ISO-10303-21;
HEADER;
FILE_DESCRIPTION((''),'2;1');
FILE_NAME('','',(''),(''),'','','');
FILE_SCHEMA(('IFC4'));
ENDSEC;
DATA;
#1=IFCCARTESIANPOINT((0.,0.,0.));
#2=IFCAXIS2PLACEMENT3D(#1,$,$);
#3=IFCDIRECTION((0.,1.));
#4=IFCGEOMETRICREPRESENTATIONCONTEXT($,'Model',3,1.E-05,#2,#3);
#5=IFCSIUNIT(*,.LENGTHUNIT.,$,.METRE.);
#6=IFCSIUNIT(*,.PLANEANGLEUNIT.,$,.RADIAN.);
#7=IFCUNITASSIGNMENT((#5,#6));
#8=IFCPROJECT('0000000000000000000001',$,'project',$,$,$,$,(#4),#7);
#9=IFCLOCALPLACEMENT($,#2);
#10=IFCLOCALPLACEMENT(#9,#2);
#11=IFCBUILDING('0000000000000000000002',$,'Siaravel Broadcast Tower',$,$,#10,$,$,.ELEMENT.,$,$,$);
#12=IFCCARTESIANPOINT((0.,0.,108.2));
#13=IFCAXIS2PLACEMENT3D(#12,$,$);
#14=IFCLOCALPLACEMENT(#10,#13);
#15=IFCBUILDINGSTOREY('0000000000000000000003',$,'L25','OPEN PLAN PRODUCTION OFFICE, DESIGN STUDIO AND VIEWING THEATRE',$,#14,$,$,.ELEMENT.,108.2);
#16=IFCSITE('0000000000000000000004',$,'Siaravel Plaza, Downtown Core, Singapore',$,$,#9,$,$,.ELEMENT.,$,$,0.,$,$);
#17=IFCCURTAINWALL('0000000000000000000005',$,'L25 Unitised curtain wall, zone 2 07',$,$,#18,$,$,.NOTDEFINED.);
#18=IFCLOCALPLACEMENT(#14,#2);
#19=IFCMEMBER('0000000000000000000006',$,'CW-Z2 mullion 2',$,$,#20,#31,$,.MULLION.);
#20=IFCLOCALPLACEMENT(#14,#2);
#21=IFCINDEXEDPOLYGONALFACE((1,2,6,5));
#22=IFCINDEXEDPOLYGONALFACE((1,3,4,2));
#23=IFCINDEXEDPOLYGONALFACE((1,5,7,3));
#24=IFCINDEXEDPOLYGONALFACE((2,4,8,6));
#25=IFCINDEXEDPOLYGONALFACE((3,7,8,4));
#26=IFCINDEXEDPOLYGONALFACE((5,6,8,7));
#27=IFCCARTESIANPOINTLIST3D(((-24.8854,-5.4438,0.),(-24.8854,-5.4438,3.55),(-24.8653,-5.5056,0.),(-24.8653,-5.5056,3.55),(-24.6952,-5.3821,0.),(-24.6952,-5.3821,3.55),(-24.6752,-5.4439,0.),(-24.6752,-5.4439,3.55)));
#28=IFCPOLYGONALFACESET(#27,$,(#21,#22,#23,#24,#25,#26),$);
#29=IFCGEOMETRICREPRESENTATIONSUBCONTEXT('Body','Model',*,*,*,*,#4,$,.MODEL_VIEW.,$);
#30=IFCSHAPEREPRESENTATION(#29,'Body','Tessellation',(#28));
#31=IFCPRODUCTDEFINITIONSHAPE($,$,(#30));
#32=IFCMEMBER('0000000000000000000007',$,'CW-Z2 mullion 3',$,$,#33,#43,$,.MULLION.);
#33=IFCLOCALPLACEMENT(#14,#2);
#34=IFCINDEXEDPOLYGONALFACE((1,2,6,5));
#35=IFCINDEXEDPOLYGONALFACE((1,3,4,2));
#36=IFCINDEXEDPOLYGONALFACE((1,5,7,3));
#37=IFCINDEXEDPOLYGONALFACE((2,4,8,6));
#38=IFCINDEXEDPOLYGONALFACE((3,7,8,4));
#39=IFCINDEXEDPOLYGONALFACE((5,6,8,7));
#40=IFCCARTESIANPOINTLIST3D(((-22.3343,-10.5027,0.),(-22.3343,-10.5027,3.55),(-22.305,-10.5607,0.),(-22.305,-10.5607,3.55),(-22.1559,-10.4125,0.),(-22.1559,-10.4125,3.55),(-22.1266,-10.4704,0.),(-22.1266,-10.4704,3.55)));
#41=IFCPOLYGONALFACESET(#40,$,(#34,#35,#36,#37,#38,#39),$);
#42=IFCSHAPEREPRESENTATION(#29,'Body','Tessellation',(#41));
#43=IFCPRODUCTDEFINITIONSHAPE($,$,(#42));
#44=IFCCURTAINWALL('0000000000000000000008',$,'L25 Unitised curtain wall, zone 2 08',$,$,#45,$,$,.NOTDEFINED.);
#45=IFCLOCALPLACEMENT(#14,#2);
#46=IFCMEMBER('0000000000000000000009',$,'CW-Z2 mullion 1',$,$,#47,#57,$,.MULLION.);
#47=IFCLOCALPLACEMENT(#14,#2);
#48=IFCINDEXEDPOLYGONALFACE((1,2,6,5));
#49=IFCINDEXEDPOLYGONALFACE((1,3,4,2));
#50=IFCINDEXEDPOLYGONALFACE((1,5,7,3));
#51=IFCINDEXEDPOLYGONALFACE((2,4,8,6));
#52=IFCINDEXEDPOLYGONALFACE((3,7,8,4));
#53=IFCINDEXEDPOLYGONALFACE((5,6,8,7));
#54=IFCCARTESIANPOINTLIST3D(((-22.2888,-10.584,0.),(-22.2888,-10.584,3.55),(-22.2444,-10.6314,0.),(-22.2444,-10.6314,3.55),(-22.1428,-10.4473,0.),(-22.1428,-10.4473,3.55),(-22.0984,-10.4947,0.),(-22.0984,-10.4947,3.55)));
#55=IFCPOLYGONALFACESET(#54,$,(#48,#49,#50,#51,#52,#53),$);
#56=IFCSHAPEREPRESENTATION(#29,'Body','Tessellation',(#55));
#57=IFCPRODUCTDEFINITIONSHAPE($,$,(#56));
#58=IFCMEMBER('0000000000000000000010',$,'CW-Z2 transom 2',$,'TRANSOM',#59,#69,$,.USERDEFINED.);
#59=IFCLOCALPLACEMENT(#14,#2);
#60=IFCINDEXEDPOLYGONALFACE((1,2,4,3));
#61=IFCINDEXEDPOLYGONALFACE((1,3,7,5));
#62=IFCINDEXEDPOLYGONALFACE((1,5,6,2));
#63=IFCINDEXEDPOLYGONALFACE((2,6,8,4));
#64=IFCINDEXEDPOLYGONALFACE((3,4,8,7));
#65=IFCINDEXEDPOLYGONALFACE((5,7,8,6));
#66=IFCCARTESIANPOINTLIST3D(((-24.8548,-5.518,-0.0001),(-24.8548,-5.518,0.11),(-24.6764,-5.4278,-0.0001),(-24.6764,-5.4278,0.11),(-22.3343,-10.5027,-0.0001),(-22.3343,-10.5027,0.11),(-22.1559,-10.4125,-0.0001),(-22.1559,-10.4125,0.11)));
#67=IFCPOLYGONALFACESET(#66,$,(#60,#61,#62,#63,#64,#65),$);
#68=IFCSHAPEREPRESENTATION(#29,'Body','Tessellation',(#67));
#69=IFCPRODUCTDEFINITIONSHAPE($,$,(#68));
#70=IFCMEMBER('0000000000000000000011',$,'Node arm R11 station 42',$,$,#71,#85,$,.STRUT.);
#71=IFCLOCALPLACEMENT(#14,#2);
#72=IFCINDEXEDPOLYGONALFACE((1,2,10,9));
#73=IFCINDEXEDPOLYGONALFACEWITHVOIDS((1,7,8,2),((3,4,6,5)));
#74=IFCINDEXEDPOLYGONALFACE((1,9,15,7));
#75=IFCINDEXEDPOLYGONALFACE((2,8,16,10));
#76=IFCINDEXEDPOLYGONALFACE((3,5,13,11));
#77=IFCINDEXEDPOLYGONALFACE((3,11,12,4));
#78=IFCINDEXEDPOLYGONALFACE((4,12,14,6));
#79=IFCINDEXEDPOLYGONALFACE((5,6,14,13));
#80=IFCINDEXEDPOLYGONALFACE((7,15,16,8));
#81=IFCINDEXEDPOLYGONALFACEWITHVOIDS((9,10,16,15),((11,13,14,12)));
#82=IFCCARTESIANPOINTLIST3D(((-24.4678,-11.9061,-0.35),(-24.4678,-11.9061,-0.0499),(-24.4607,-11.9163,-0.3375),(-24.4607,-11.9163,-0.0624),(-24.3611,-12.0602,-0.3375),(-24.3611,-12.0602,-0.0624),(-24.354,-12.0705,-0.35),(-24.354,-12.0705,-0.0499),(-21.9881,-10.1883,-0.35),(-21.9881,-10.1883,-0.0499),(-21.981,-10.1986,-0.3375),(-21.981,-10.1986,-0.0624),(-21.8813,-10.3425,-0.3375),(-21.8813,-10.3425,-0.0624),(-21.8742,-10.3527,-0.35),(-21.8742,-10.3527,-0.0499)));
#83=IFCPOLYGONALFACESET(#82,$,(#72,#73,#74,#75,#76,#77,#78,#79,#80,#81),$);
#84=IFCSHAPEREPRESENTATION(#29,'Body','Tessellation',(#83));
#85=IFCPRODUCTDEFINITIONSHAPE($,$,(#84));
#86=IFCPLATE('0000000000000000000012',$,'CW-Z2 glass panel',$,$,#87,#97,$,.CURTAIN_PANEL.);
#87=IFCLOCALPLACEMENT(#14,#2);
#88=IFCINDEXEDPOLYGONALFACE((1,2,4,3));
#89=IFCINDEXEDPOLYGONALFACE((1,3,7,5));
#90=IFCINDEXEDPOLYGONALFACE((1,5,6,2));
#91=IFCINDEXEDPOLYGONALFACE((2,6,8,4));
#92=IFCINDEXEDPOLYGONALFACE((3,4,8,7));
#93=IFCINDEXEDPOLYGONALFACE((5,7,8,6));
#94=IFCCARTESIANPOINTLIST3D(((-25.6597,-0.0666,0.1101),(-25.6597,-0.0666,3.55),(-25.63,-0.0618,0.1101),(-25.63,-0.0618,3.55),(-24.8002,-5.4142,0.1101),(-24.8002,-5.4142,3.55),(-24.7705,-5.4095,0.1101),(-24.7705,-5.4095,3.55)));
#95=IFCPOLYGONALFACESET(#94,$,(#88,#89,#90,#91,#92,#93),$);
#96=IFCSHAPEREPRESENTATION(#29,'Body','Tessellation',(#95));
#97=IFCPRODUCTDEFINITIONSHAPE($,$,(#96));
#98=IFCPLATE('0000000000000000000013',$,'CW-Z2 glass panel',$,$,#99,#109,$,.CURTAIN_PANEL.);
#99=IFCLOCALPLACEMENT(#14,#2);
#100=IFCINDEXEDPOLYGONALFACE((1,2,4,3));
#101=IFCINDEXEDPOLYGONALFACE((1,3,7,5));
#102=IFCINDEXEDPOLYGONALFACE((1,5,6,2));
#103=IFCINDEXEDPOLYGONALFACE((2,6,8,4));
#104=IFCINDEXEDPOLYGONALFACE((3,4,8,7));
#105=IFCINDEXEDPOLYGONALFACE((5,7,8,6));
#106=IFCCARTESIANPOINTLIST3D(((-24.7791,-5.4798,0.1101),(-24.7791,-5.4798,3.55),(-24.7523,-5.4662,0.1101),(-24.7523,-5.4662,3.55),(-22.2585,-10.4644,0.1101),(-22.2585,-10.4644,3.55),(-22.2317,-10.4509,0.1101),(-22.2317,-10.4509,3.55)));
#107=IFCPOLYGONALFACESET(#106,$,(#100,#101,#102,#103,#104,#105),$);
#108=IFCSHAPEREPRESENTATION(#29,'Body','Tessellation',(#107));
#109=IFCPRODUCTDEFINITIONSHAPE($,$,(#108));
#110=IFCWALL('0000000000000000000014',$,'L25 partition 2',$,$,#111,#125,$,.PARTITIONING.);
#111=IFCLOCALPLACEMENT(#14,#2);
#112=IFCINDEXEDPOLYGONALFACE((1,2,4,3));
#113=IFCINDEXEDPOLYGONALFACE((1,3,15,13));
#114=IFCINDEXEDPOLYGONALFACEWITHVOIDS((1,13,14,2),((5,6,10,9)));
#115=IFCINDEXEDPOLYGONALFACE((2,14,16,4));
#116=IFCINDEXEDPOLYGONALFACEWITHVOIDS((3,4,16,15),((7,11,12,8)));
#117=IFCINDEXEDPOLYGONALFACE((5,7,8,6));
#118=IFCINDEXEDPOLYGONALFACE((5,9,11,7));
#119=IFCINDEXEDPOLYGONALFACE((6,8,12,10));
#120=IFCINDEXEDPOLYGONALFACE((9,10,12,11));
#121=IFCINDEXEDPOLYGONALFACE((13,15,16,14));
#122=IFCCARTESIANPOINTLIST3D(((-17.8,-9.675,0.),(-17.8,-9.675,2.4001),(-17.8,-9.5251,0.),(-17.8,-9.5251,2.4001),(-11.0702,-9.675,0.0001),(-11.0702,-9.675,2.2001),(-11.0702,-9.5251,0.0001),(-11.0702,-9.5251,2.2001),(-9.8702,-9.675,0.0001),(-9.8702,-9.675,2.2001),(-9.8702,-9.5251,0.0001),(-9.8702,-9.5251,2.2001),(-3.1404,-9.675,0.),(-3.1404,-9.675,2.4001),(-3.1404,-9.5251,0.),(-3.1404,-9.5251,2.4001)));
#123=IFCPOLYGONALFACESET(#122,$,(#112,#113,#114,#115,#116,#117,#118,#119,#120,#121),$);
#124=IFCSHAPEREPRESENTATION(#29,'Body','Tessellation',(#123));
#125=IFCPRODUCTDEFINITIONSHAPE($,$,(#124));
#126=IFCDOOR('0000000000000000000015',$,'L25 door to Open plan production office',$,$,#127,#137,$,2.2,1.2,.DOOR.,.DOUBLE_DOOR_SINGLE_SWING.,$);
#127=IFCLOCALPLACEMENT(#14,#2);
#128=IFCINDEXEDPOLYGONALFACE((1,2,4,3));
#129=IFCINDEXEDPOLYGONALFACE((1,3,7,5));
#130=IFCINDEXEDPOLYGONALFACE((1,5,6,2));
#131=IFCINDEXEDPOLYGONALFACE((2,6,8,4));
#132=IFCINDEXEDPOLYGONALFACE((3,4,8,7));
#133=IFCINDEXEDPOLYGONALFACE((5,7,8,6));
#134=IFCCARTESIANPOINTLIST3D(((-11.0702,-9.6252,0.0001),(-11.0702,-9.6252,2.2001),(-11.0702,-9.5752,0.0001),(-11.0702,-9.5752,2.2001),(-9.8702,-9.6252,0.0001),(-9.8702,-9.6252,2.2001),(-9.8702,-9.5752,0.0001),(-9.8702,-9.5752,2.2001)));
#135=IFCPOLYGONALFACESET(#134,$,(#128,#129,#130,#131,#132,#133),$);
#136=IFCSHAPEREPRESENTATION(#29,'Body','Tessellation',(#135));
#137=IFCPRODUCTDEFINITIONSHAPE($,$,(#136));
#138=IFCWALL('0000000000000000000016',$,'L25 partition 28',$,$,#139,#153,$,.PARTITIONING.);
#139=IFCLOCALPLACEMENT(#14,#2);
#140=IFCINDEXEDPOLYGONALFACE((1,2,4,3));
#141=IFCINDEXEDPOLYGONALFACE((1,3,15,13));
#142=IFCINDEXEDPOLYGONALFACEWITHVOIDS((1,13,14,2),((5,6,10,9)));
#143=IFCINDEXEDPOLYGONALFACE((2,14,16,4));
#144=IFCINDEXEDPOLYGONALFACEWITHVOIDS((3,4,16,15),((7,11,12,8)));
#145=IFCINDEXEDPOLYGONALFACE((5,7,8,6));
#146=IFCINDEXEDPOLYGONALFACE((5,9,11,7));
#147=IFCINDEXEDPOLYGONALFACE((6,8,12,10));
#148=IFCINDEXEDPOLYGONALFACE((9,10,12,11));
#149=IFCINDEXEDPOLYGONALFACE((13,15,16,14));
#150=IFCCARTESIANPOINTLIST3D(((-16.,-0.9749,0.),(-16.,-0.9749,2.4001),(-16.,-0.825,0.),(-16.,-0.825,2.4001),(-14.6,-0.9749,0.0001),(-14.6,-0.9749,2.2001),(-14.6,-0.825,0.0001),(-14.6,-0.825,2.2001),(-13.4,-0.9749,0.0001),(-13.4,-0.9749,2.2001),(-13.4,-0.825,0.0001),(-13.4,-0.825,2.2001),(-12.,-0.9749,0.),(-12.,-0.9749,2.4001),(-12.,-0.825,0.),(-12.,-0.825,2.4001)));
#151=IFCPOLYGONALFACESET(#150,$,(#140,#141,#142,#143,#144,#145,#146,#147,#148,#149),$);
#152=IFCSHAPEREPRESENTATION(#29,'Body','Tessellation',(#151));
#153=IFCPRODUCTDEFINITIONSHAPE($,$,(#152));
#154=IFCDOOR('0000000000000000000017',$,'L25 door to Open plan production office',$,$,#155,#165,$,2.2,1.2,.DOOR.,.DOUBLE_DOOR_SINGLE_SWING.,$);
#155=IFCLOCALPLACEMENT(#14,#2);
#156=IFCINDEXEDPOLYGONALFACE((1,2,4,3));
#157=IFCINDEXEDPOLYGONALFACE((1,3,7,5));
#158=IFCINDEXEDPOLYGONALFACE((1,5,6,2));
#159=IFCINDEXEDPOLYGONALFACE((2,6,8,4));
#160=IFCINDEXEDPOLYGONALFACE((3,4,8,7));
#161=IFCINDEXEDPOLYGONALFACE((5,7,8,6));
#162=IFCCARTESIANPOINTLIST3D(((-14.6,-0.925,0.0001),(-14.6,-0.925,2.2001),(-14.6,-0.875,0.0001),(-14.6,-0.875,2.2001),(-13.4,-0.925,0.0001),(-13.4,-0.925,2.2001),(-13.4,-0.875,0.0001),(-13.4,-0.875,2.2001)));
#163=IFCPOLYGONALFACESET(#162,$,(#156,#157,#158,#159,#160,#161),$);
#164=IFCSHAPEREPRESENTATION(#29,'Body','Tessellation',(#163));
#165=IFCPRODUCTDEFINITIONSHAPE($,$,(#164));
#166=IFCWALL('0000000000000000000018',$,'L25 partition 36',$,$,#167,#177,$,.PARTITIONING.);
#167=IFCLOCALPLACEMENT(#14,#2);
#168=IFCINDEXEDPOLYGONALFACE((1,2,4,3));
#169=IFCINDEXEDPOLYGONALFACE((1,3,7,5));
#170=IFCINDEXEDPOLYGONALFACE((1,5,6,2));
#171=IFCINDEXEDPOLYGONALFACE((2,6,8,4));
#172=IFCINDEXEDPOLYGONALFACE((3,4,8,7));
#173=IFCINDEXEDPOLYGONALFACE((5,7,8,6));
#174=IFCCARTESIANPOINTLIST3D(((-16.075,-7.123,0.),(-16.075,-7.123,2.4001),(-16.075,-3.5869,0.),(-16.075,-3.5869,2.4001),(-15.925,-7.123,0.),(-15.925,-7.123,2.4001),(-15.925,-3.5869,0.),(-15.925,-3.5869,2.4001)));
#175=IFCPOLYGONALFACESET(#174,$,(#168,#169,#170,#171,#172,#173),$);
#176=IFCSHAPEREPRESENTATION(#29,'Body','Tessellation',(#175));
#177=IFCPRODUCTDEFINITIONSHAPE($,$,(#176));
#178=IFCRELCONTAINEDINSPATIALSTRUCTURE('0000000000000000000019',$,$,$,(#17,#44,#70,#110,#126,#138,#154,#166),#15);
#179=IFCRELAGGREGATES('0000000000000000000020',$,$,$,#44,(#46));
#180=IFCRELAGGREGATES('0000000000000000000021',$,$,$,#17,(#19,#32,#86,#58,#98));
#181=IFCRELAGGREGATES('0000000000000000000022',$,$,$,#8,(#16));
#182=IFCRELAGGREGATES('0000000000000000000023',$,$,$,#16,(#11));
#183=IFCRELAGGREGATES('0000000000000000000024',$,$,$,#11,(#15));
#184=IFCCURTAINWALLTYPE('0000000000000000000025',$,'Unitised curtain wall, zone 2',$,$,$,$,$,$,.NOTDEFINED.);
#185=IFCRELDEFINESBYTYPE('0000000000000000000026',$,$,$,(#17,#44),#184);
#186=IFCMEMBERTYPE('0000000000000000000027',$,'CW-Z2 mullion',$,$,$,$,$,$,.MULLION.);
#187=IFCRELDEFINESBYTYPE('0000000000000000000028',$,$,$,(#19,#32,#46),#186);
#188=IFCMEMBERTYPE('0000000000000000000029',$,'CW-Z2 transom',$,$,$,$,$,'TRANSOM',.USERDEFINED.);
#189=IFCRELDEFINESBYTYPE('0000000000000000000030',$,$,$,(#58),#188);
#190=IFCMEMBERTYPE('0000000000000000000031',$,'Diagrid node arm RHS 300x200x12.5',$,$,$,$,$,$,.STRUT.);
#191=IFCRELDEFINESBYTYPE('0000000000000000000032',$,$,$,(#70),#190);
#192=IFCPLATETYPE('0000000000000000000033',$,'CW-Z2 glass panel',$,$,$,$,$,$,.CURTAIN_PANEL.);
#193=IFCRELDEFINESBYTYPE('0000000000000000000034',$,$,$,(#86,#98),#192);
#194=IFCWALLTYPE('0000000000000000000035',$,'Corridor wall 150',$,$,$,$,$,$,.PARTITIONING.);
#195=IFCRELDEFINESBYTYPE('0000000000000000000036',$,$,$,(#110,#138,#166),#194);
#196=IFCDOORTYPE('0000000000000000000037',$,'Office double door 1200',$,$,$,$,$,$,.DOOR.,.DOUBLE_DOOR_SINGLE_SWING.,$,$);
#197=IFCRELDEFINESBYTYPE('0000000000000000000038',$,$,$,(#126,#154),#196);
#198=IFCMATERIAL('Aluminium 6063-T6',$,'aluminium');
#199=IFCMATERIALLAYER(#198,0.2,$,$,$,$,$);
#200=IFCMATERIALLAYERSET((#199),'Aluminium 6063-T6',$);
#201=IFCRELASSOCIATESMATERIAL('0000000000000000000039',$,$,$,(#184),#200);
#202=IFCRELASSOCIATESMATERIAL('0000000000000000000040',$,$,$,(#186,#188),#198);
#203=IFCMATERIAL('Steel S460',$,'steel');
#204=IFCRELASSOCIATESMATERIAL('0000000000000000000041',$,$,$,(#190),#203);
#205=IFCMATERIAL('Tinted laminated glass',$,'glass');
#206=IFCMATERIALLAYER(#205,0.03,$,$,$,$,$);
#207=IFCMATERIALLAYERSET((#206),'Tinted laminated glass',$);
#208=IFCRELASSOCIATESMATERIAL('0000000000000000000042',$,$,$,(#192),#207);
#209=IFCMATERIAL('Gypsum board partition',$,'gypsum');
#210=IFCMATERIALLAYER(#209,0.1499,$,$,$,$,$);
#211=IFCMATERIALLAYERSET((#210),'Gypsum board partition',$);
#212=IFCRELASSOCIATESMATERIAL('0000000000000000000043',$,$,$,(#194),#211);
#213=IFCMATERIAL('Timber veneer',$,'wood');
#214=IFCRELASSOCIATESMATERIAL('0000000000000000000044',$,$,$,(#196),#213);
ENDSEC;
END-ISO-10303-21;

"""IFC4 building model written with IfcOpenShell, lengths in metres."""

from ifc_helpers import new_model, si_unit, direction, frame, frame_2d, origin, origin_2d, place, context, subcontext, project, spatial, rectangle, hollow_rectangle, extrude, material, layer, layer_set, material_profile, profile_set, type_object, element, fill, aggregate, save


model = new_model("IFC4")

# Units and contexts
model_context = context("Model", 3, precision=1e-05, world=origin(), true_north=direction((0.0, 1.0)))
body_context = subcontext(model_context, "Body", "Model", "MODEL_VIEW")
ifc_project = project(units=[si_unit("LENGTHUNIT", "METRE"), si_unit("PLANEANGLEUNIT", "RADIAN")], contexts=[model_context])

# Site, building, storey
site_placement = place(None, origin())
site = spatial("IfcSite", under=ifc_project, at=site_placement, Name="Siaravel Plaza, Downtown Core, Singapore", CompositionType="ELEMENT", RefElevation=0.0)
building_placement = place(site_placement, origin())
building = spatial("IfcBuilding", under=site, at=building_placement, Name="Siaravel Broadcast Tower", CompositionType="ELEMENT")
storey_placement = place(building_placement, frame((0.0, 0.0, 108.2)))
storey = spatial("IfcBuildingStorey", under=building, at=storey_placement, Name="L25", Description="OPEN PLAN PRODUCTION OFFICE, DESIGN STUDIO AND VIEWING THEATRE", CompositionType="ELEMENT", Elevation=108.2)

# Curtain wall, members
ifc_material_1 = material(Name="Aluminium 6063-T6", Category="aluminium")
ifc_layer_1 = layer(ifc_material_1, 0.2)
ifc_layer_set_1 = layer_set([ifc_layer_1], Name="Aluminium 6063-T6")
curtain_wall_type = type_object("IfcCurtainWallType", Name="Unitised curtain wall, zone 2", PredefinedType="NOTDEFINED", material=ifc_layer_set_1)
curtain_wall_1_placement = place(storey_placement, origin())
curtain_wall_1 = element("IfcCurtainWall", 1, at=curtain_wall_1_placement, inside=storey, type_object=curtain_wall_type, Name="L25 Unitised curtain wall, zone 2 07", PredefinedType="NOTDEFINED")
ifc_material_profile_1 = material_profile(ifc_material_1, rectangle(XDim=0.2, YDim=0.0649, at=origin_2d()))
ifc_profile_set_1 = profile_set([ifc_material_profile_1], Name="Aluminium 6063-T6")
member_type_1 = type_object("IfcMemberType", Name="CW-Z2 mullion", PredefinedType="MULLION", material=ifc_profile_set_1)
member_1_placement = place(storey_placement, frame((-24.7803, -5.4438, 0.0), z_axis=(0.0, 0.0, 1.0), x_axis=(0.951177, 0.308646, 0.0)))
member_1 = element("IfcMember", 2, at=member_1_placement, type_object=member_type_1, Name="CW-Z2 mullion 2", PredefinedType="MULLION", context=body_context, shape_type="SweptSolid", body=[
    extrude(rectangle(XDim=0.2, YDim=0.0649, at=origin_2d()), origin(), (0.0, 0.0, 1.0), 3.55),
])
member_2_placement = place(storey_placement, frame((-22.2305, -10.4866, 0.0), z_axis=(0.0, 0.0, 1.0), x_axis=(0.892392, 0.451261, 0.0)))
member_2 = element("IfcMember", 3, at=member_2_placement, type_object=member_type_1, Name="CW-Z2 mullion 3", PredefinedType="MULLION", context=body_context, shape_type="SweptSolid", body=[
    extrude(rectangle(XDim=0.2, YDim=0.0649, at=origin_2d()), origin(), (0.0, 0.0, 1.0), 3.55),
])

# Curtain wall, member
curtain_wall_2_placement = place(storey_placement, origin())
curtain_wall_2 = element("IfcCurtainWall", 4, at=curtain_wall_2_placement, inside=storey, type_object=curtain_wall_type, Name="L25 Unitised curtain wall, zone 2 08", PredefinedType="NOTDEFINED")
member_3_placement = place(storey_placement, frame((-22.1936, -10.5393, 0.0), z_axis=(0.0, 0.0, 1.0), x_axis=(0.729805, 0.683655, 0.0)))
member_3 = element("IfcMember", 5, at=member_3_placement, type_object=member_type_1, Name="CW-Z2 mullion 1", PredefinedType="MULLION", context=body_context, shape_type="SweptSolid", body=[
    extrude(rectangle(XDim=0.2, YDim=0.0649, at=origin_2d()), origin(), (0.0, 0.0, 1.0), 3.55),
])
aggregate(curtain_wall_2, [member_3])

# Members
ifc_material_profile_2 = material_profile(ifc_material_1, rectangle(XDim=0.2, YDim=0.1101, at=origin_2d()))
ifc_profile_set_2 = profile_set([ifc_material_profile_2], Name="Aluminium 6063-T6")
member_type_2 = type_object("IfcMemberType", Name="CW-Z2 transom", ElementType="TRANSOM", PredefinedType="USERDEFINED", material=ifc_profile_set_2)
member_4_placement = place(storey_placement, frame((-24.7656, -5.4729, 0.0549), z_axis=(0.451248, -0.892399, 0.0), x_axis=(0.892399, 0.451248, 0.0)))
member_4 = element("IfcMember", 6, at=member_4_placement, type_object=member_type_2, Name="CW-Z2 transom 2", ObjectType="TRANSOM", PredefinedType="USERDEFINED", context=body_context, shape_type="SweptSolid", body=[
    extrude(rectangle(XDim=0.2, YDim=0.1101, at=origin_2d()), origin(), (0.0, 0.0, 1.0), 5.5857),
])
ifc_material_2 = material(Name="Steel S460", Category="steel")
ifc_material_profile_3 = material_profile(ifc_material_2, hollow_rectangle(XDim=0.2, YDim=0.3, WallThickness=0.0125, at=origin_2d()))
ifc_profile_set_3 = profile_set([ifc_material_profile_3], Name="Steel S460")
member_type_3 = type_object("IfcMemberType", Name="Diagrid node arm RHS 300x200x12.5", PredefinedType="STRUT", material=ifc_profile_set_3)
member_5_placement = place(storey_placement, frame((-21.9312, -10.2705, -0.2), z_axis=(-0.822032, -0.569441, 0.0), x_axis=(0.569441, -0.822032, 0.0)))
element("IfcMember", 7, at=member_5_placement, inside=storey, type_object=member_type_3, Name="Node arm R11 station 42", PredefinedType="STRUT", context=body_context, shape_type="SweptSolid", body=[
    extrude(hollow_rectangle(XDim=0.2, YDim=0.3, WallThickness=0.0125, at=origin_2d()), origin(), (0.0, 0.0, 1.0), 3.0166),
])

# Plates
ifc_material_3 = material(Name="Tinted laminated glass", Category="glass")
ifc_layer_2 = layer(ifc_material_3, 0.03)
ifc_layer_set_2 = layer_set([ifc_layer_2], Name="Tinted laminated glass")
plate_type = type_object("IfcPlateType", Name="CW-Z2 glass panel", PredefinedType="CURTAIN_PANEL", material=ifc_layer_set_2)
plate_1_placement = place(storey_placement, frame((-25.2151, -2.738, 0.1101), z_axis=(0.0, 0.0, 1.0), x_axis=(0.158686, -0.987329, 0.0)))
plate_1 = element("IfcPlate", 8, at=plate_1_placement, type_object=plate_type, Name="CW-Z2 glass panel", PredefinedType="CURTAIN_PANEL", context=body_context, shape_type="SweptSolid", body=[
    extrude(rectangle(XDim=5.4163, YDim=0.03, at=origin_2d()), origin(), (0.0, 0.0, 1.0), 3.4399),
])
plate_2_placement = place(storey_placement, frame((-23.5054, -7.9653, 0.1101), z_axis=(0.0, 0.0, 1.0), x_axis=(0.451261, -0.892392, 0.0)))
plate_2 = element("IfcPlate", 9, at=plate_2_placement, type_object=plate_type, Name="CW-Z2 glass panel", PredefinedType="CURTAIN_PANEL", context=body_context, shape_type="SweptSolid", body=[
    extrude(rectangle(XDim=5.5857, YDim=0.03, at=origin_2d()), origin(), (0.0, 0.0, 1.0), 3.4399),
])
aggregate(curtain_wall_1, [member_1, member_2, plate_1, member_4, plate_2])

# Walls, openings, doors
ifc_material_4 = material(Name="Gypsum board partition", Category="gypsum")
ifc_layer_3 = layer(ifc_material_4, 0.1499)
ifc_layer_set_3 = layer_set([ifc_layer_3], Name="Gypsum board partition")
wall_type_1 = type_object("IfcWallType", Name="Corridor wall 150", PredefinedType="PARTITIONING", material=ifc_layer_set_3)
wall_1_placement = place(storey_placement, frame((-17.8, -9.6001, 0.0), z_axis=(0.0, 0.0, 1.0), x_axis=(1.0, 0.0, 0.0)))
wall_1 = element("IfcWall", 10, at=wall_1_placement, inside=storey, type_object=wall_type_1, Name="L25 partition 2", PredefinedType="PARTITIONING", context=body_context, shape_type="SweptSolid", body=[
    extrude(rectangle(XDim=14.6597, YDim=0.1499, at=frame_2d((7.3298, 0.0))), origin(), (0.0, 0.0, 1.0), 2.4001),
])
opening_1_placement = place(wall_1_placement, frame((6.7297, 0.0, 0.0)))
opening_1 = element("IfcOpeningElement", 11, at=opening_1_placement, cuts=wall_1, PredefinedType="OPENING", context=body_context, shape_type="SweptSolid", body=[
    extrude(rectangle(XDim=1.2, YDim=2.2, at=frame_2d((0.6001, 1.1001))), frame((0.0, 0.085, 0.0), z_axis=(0.0, -1.0, 0.0), x_axis=(1.0, 0.0, 0.0)), (0.0, 0.0, 1.0), 0.1699),
])
ifc_material_5 = material(Name="Timber veneer", Category="wood")
door_type = type_object("IfcDoorType", Name="Office double door 1200", OperationType="DOUBLE_DOOR_SINGLE_SWING", PredefinedType="DOOR", material=ifc_material_5)
door_1_placement = place(opening_1_placement, origin())
door_1 = element("IfcDoor", 12, at=door_1_placement, inside=storey, type_object=door_type, Name="L25 door to Open plan production office", OperationType="DOUBLE_DOOR_SINGLE_SWING", OverallHeight=2.2, OverallWidth=1.2, PredefinedType="DOOR", context=body_context, shape_type="SweptSolid", body=[
    extrude(rectangle(XDim=1.2, YDim=2.2, at=frame_2d((0.6001, 1.1001))), frame((0.0, 0.0249, 0.0), z_axis=(0.0, -1.0, 0.0), x_axis=(1.0, 0.0, 0.0)), (0.0, 0.0, 1.0), 0.05),
])
fill(opening_1, door_1)
wall_2_placement = place(storey_placement, frame((-16.0, -0.8999, 0.0), z_axis=(0.0, 0.0, 1.0), x_axis=(1.0, 0.0, 0.0)))
wall_2 = element("IfcWall", 13, at=wall_2_placement, inside=storey, type_object=wall_type_1, Name="L25 partition 28", PredefinedType="PARTITIONING", context=body_context, shape_type="SweptSolid", body=[
    extrude(rectangle(XDim=4.0, YDim=0.1499, at=frame_2d((2.0, 0.0))), origin(), (0.0, 0.0, 1.0), 2.4001),
])
opening_2_placement = place(wall_2_placement, frame((1.3999, 0.0, 0.0)))
opening_2 = element("IfcOpeningElement", 14, at=opening_2_placement, cuts=wall_2, PredefinedType="OPENING", context=body_context, shape_type="SweptSolid", body=[
    extrude(rectangle(XDim=1.2, YDim=2.2, at=frame_2d((0.6001, 1.1001))), frame((0.0, 0.085, 0.0), z_axis=(0.0, -1.0, 0.0), x_axis=(1.0, 0.0, 0.0)), (0.0, 0.0, 1.0), 0.1699),
])
door_2_placement = place(opening_2_placement, origin())
door_2 = element("IfcDoor", 15, at=door_2_placement, inside=storey, type_object=door_type, Name="L25 door to Open plan production office", OperationType="DOUBLE_DOOR_SINGLE_SWING", OverallHeight=2.2, OverallWidth=1.2, PredefinedType="DOOR", context=body_context, shape_type="SweptSolid", body=[
    extrude(rectangle(XDim=1.2, YDim=2.2, at=frame_2d((0.6001, 1.1001))), frame((0.0, 0.0249, 0.0), z_axis=(0.0, -1.0, 0.0), x_axis=(1.0, 0.0, 0.0)), (0.0, 0.0, 1.0), 0.05),
])
fill(opening_2, door_2)

# Wall
wall_3_placement = place(storey_placement, frame((-16.0, -7.123, 0.0), z_axis=(0.0, 0.0, 1.0), x_axis=(0.0, 1.0, 0.0)))
element("IfcWall", 16, at=wall_3_placement, inside=storey, type_object=wall_type_1, Name="L25 partition 36", PredefinedType="PARTITIONING", context=body_context, shape_type="SweptSolid", body=[
    extrude(rectangle(XDim=3.5361, YDim=0.1499, at=frame_2d((1.7681, 0.0))), origin(), (0.0, 0.0, 1.0), 2.4001),
])

save(model, "model.ifc")
